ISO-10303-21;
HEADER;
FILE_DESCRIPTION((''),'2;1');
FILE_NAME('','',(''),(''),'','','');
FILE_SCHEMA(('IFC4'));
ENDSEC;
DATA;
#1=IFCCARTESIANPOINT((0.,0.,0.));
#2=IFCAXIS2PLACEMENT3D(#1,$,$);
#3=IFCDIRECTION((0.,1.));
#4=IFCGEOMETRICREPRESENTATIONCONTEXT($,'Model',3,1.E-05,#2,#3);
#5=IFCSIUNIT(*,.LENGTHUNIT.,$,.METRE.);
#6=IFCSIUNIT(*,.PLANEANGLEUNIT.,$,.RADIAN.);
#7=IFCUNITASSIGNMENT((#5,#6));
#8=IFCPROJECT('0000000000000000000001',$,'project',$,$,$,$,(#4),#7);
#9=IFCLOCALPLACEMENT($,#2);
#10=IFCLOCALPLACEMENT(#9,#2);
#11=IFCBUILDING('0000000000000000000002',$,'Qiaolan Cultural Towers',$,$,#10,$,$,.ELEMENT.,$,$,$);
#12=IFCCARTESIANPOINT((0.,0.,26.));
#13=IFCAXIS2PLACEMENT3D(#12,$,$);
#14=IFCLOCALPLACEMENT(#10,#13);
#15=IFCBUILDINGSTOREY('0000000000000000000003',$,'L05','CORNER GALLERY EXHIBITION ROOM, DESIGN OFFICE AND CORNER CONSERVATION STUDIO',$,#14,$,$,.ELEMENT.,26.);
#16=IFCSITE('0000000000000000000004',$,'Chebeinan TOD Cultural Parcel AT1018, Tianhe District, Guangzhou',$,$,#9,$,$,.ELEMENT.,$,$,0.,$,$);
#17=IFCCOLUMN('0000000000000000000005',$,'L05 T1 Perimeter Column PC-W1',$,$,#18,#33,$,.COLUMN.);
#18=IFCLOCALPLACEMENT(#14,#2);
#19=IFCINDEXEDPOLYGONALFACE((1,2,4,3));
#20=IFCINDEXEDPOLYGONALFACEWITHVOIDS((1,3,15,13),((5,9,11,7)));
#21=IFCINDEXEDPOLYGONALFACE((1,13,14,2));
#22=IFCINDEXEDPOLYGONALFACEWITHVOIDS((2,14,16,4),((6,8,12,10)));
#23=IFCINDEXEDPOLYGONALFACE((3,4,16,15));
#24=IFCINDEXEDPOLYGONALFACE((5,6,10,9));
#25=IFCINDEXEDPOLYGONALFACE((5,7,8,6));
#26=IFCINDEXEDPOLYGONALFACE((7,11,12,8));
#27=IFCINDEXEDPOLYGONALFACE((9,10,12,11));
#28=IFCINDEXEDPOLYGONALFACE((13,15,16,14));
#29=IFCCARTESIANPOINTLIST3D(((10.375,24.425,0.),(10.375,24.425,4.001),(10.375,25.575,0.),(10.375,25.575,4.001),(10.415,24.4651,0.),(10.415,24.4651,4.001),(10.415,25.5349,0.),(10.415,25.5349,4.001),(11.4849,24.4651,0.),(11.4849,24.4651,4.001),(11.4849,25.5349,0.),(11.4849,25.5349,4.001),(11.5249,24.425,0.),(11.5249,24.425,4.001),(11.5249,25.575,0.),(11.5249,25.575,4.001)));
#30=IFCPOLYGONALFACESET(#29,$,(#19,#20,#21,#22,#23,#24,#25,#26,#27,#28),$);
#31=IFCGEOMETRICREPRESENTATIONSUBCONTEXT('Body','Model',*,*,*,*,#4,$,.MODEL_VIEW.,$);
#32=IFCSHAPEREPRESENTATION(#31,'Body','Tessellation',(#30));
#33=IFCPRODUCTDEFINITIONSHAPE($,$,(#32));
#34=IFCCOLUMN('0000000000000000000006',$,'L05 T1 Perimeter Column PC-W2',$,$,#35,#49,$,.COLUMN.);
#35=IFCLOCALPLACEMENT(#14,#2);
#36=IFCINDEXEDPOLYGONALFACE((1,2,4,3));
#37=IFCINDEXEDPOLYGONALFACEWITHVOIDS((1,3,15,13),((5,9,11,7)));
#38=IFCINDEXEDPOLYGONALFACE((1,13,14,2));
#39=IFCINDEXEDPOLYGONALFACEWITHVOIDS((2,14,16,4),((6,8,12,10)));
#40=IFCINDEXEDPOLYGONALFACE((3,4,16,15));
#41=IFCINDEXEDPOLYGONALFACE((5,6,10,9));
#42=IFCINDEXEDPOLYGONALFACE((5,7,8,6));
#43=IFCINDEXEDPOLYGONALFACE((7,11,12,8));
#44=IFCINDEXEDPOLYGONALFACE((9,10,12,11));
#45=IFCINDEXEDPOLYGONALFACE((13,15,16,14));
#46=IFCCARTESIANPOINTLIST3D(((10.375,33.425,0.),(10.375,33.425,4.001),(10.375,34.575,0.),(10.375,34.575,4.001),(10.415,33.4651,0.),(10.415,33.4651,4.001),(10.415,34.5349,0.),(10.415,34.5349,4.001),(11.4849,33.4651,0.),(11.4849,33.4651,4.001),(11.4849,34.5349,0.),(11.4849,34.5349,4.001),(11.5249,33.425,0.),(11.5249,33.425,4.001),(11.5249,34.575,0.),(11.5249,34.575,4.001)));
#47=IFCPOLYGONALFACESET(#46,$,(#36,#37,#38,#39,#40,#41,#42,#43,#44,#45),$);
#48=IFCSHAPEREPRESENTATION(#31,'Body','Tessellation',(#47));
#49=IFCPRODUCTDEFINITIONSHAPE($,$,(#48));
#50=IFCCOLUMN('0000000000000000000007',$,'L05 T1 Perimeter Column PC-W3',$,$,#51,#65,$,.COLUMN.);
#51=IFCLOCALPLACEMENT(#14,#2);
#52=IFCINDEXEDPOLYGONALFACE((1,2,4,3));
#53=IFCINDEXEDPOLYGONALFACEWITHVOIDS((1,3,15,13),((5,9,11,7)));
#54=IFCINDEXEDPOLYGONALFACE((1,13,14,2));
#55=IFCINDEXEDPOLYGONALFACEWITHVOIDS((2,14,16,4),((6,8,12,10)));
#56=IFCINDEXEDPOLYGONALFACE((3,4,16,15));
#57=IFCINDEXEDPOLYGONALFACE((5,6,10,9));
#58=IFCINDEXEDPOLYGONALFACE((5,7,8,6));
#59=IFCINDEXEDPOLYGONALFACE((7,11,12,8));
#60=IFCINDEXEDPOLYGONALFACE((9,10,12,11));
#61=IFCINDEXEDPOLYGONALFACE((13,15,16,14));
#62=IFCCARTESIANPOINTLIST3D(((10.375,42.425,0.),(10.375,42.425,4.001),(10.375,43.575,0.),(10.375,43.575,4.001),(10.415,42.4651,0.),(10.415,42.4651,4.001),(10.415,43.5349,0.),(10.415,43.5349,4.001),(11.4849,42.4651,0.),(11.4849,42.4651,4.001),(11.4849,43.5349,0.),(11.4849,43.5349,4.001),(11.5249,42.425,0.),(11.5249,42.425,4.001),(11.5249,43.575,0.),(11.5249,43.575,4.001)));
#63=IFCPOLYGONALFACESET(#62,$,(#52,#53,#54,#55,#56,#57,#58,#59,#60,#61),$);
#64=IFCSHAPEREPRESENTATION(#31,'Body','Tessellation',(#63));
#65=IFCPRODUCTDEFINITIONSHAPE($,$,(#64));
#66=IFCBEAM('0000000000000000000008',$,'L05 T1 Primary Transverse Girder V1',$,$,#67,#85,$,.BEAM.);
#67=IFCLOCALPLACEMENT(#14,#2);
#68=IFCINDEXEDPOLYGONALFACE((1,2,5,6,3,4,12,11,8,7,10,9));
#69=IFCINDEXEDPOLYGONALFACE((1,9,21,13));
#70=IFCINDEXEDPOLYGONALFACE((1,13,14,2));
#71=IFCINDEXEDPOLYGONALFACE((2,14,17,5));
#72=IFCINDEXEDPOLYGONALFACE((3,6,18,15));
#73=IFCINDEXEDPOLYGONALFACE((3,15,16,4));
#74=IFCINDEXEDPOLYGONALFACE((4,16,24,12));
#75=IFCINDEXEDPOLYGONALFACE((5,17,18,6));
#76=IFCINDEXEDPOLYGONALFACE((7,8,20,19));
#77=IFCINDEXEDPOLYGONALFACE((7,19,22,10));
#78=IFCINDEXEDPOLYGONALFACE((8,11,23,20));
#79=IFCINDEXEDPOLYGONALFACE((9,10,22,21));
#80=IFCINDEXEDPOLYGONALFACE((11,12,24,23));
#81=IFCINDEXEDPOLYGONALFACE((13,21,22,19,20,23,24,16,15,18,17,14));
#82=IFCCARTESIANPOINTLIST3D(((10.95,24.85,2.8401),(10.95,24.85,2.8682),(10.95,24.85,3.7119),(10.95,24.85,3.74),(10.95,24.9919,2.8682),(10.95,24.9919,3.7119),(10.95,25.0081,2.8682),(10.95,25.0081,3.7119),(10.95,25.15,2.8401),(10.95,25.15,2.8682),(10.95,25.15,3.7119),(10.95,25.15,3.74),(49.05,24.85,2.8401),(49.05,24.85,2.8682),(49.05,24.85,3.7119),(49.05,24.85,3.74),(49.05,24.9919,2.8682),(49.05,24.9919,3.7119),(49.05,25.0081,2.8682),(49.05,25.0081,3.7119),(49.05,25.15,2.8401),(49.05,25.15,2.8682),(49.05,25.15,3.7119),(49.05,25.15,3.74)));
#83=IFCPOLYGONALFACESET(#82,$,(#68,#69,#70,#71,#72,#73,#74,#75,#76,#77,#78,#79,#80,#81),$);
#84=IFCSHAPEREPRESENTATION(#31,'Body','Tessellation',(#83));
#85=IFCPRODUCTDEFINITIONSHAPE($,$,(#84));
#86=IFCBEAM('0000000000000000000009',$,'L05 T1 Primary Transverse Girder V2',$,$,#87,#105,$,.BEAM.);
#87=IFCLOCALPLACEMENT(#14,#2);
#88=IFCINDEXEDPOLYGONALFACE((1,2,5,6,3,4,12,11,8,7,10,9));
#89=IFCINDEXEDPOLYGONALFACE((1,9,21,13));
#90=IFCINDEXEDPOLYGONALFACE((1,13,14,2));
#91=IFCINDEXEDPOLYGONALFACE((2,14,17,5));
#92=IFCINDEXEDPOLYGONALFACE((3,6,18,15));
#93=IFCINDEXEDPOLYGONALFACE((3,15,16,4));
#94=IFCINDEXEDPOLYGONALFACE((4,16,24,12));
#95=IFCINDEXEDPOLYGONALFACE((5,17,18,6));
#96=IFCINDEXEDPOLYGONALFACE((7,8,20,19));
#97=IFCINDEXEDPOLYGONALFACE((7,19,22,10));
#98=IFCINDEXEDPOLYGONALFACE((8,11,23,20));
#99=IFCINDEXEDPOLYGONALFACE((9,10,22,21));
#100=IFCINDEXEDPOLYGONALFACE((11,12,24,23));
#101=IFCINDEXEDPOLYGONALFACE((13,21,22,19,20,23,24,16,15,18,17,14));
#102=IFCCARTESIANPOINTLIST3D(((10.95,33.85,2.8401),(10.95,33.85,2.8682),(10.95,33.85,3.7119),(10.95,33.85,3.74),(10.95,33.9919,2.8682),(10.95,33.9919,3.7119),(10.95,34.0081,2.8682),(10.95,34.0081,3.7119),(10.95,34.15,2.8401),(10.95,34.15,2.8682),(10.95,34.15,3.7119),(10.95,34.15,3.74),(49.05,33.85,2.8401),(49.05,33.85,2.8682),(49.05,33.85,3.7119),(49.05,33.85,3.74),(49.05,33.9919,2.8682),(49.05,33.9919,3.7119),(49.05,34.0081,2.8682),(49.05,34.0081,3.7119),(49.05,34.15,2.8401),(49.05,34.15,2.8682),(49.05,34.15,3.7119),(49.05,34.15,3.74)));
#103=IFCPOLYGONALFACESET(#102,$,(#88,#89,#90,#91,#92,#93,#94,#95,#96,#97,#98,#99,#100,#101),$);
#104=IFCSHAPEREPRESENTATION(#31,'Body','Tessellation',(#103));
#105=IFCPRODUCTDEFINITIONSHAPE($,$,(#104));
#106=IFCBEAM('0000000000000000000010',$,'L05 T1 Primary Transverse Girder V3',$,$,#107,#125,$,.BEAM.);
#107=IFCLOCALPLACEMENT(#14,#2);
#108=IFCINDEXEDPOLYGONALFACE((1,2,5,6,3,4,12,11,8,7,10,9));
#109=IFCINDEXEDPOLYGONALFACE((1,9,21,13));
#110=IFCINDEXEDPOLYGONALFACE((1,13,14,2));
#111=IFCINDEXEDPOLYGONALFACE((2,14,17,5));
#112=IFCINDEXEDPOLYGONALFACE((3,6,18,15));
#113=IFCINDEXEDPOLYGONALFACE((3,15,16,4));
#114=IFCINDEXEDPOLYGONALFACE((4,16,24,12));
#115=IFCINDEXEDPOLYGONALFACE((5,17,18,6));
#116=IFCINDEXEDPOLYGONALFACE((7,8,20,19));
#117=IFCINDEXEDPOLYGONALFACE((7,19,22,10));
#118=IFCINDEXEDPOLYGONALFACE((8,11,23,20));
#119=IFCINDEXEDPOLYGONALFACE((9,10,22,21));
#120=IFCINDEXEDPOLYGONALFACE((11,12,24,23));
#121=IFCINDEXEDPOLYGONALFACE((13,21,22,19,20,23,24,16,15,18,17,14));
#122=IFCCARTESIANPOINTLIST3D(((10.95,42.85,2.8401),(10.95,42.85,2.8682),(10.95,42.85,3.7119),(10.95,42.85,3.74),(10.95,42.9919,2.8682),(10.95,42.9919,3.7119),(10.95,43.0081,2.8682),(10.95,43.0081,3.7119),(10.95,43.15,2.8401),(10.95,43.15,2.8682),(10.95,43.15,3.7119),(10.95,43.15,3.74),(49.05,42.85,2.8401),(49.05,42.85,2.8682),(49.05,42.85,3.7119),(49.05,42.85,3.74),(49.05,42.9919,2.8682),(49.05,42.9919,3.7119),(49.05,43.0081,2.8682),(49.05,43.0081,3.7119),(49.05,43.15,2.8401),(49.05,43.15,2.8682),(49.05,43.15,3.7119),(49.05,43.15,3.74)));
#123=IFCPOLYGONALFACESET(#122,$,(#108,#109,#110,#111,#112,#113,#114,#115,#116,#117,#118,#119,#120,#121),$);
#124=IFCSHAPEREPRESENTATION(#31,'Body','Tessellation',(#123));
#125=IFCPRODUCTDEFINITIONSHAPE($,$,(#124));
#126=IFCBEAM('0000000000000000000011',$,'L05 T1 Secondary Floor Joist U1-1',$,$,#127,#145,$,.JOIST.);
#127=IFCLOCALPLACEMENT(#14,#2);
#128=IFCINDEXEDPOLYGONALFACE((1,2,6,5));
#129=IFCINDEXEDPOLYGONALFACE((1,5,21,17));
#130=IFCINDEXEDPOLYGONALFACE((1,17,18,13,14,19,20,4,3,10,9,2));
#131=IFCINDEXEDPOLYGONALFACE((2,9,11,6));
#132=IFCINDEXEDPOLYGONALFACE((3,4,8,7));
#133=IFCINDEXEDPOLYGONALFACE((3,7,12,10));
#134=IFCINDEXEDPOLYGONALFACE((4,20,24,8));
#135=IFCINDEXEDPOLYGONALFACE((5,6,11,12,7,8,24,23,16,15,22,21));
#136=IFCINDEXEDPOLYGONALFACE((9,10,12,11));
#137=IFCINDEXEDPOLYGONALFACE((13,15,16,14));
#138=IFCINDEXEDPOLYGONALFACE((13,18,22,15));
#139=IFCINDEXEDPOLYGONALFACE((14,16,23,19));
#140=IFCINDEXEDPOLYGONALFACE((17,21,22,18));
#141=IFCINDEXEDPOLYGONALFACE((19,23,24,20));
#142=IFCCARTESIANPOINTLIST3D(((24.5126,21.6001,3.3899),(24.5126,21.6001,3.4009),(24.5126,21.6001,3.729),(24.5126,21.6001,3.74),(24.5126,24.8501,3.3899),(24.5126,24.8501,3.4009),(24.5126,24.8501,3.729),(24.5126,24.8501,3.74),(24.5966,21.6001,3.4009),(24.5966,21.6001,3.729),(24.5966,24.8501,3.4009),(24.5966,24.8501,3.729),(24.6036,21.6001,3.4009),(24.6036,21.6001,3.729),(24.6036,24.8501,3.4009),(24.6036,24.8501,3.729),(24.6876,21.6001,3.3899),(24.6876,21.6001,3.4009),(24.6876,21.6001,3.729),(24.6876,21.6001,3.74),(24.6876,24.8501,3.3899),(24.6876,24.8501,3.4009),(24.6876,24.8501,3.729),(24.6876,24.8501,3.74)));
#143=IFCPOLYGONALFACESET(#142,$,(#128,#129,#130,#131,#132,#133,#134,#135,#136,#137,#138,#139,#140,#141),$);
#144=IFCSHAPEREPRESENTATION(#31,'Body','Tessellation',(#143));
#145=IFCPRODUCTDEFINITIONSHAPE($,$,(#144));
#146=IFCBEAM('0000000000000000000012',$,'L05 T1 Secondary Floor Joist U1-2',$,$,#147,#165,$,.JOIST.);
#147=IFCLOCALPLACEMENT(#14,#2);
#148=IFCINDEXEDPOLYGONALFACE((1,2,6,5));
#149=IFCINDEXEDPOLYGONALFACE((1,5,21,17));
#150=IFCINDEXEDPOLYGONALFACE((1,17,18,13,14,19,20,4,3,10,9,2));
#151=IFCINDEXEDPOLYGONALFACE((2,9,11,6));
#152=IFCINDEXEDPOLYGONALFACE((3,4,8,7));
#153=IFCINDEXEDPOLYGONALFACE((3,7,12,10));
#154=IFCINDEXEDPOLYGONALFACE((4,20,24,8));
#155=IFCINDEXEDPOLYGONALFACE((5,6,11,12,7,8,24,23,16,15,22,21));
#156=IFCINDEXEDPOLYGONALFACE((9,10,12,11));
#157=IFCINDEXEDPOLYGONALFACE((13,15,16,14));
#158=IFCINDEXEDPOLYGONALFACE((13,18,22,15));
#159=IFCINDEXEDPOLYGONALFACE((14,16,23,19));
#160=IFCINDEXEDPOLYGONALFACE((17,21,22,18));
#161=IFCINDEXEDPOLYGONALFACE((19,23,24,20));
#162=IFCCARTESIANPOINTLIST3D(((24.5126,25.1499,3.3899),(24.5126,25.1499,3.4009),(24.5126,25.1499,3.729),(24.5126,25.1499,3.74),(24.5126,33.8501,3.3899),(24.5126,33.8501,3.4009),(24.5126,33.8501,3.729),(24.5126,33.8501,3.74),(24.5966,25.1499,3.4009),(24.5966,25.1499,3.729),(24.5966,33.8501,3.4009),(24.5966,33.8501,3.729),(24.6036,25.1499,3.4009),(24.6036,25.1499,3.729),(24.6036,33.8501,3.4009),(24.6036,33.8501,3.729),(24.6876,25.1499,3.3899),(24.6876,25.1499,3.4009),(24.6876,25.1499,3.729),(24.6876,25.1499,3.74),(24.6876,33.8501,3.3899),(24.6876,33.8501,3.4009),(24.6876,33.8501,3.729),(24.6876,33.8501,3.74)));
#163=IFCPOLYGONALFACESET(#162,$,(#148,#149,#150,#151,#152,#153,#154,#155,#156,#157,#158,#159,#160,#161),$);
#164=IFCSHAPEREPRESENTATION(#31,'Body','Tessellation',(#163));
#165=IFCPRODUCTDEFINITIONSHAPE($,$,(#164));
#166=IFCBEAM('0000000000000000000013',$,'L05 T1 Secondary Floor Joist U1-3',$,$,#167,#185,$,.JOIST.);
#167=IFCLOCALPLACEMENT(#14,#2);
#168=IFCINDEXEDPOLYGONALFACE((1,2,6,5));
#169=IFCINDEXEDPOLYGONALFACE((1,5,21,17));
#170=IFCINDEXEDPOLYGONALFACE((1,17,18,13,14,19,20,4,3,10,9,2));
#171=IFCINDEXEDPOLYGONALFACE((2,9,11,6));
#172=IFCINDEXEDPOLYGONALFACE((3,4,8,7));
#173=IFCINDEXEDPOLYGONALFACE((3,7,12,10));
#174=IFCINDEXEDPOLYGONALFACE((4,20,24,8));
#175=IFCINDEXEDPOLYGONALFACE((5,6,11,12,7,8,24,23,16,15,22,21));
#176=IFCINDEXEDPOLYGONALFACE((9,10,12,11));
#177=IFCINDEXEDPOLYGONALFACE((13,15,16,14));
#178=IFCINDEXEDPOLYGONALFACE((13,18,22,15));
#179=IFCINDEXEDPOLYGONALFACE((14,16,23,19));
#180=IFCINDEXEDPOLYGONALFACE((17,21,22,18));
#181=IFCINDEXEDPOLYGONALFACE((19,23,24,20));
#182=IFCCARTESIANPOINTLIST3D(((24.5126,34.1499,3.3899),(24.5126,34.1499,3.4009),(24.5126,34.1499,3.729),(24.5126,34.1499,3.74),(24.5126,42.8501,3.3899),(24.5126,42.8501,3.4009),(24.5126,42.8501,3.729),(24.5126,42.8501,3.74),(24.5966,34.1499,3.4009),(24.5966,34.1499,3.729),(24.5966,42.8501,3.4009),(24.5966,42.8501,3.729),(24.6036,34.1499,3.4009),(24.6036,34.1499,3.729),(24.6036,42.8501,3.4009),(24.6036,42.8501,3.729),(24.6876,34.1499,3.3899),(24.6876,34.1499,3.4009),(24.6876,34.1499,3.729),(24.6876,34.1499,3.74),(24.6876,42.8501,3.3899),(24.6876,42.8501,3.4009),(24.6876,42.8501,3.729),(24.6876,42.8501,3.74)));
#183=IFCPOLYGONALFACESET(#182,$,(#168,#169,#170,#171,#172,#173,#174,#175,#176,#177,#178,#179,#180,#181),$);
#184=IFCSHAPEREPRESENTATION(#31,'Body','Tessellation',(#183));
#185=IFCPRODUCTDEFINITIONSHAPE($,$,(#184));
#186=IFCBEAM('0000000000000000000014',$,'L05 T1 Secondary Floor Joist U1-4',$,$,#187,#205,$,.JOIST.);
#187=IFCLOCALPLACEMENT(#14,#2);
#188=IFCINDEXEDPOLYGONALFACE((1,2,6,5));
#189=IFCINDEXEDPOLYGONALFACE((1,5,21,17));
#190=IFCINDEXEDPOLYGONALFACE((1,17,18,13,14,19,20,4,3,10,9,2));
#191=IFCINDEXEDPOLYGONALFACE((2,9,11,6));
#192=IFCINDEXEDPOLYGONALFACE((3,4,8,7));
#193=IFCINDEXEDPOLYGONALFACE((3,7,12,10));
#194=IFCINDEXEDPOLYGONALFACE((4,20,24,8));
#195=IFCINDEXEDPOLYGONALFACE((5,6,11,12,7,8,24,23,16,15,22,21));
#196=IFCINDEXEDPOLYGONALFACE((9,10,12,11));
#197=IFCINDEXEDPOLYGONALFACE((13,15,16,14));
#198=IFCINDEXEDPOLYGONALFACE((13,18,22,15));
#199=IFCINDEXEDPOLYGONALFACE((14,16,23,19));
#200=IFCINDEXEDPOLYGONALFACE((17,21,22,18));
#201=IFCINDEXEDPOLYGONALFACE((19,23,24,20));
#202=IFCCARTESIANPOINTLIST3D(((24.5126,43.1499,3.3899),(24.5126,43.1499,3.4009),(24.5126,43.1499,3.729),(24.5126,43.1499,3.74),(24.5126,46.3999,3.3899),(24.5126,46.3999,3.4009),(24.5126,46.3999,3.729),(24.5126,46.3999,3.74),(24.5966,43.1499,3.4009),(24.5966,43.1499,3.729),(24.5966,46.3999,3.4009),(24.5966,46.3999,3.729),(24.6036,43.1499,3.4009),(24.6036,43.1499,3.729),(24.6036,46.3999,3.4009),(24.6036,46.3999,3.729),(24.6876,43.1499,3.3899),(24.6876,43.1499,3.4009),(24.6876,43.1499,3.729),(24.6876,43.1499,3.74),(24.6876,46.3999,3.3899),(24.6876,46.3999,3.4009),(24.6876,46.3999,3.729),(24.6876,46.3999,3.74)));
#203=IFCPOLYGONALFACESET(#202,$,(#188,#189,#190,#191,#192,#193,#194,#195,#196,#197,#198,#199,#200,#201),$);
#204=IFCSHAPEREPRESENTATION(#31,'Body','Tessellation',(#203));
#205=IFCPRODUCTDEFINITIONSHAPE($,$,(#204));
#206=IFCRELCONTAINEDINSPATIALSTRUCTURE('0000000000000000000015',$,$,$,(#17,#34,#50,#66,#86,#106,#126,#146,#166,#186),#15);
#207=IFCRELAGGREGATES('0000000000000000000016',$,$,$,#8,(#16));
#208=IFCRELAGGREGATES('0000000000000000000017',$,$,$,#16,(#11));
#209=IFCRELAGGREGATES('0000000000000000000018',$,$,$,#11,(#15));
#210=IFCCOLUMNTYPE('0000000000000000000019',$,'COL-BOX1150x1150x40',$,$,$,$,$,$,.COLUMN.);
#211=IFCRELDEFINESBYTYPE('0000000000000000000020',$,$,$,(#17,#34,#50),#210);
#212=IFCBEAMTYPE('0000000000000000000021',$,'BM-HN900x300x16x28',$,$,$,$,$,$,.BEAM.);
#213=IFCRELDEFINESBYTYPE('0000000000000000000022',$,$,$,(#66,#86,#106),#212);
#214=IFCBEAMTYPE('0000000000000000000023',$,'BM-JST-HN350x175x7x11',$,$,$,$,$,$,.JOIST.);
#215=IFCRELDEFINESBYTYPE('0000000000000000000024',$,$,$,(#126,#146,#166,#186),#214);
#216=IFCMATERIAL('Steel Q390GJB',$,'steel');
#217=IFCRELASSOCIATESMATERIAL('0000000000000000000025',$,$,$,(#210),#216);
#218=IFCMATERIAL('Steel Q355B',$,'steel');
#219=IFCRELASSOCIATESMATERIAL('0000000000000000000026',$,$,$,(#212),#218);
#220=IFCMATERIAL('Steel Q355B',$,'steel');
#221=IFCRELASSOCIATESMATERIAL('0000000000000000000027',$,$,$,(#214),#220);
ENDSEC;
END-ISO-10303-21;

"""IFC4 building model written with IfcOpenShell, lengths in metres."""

from ifc_helpers import new_model, si_unit, direction, frame, origin, origin_2d, place, context, subcontext, project, spatial, hollow_rectangle, i_section, extrude, material, material_profile, profile_set, type_object, element, save


model = new_model("IFC4")

# Units and contexts
model_context = context("Model", 3, precision=1e-05, world=origin(), true_north=direction((0.0, 1.0)))
body_context = subcontext(model_context, "Body", "Model", "MODEL_VIEW")
ifc_project = project(units=[si_unit("LENGTHUNIT", "METRE"), si_unit("PLANEANGLEUNIT", "RADIAN")], contexts=[model_context])

# Site, building, storey
site_placement = place(None, origin())
site = spatial("IfcSite", under=ifc_project, at=site_placement, Name="Chebeinan TOD Cultural Parcel AT1018, Tianhe District, Guangzhou", CompositionType="ELEMENT", RefElevation=0.0)
building_placement = place(site_placement, origin())
building = spatial("IfcBuilding", under=site, at=building_placement, Name="Qiaolan Cultural Towers", CompositionType="ELEMENT")
storey_placement = place(building_placement, frame((0.0, 0.0, 26.0)))
storey = spatial("IfcBuildingStorey", under=building, at=storey_placement, Name="L05", Description="CORNER GALLERY EXHIBITION ROOM, DESIGN OFFICE AND CORNER CONSERVATION STUDIO", CompositionType="ELEMENT", Elevation=26.0)

# Columns
ifc_material_1 = material(Name="Steel Q390GJB", Category="steel")
ifc_material_profile_1 = material_profile(ifc_material_1, hollow_rectangle(XDim=1.1499, YDim=1.1499, WallThickness=0.04, at=origin_2d()), Name="BOX1150x1150x40")
ifc_profile_set_1 = profile_set([ifc_material_profile_1], Name="Steel Q390GJB")
column_type = type_object("IfcColumnType", Name="COL-BOX1150x1150x40", PredefinedType="COLUMN", material=ifc_profile_set_1)
for number, where, z_axis, x_axis, name in (
    (1, (10.95, 25.0, 0.0), (0.0, 0.0, 1.0), (1.0, 0.0, 0.0), "L05 T1 Perimeter Column PC-W1"),
    (2, (10.95, 34.0, 0.0), (0.0, 0.0, 1.0), (1.0, 0.0, 0.0), "L05 T1 Perimeter Column PC-W2"),
    (3, (10.95, 43.0, 0.0), (0.0, 0.0, 1.0), (1.0, 0.0, 0.0), "L05 T1 Perimeter Column PC-W3"),
):
    element("IfcColumn", number, at=place(storey_placement, frame(where, z_axis=z_axis, x_axis=x_axis)), inside=storey, type_object=column_type, Name=name, PredefinedType="COLUMN", context=body_context, shape_type="SweptSolid", body=[
        extrude(hollow_rectangle(XDim=1.1499, YDim=1.1499, WallThickness=0.04, at=origin_2d()), origin(), (0.0, 0.0, 1.0), 4.001),
    ])

# Beams
ifc_material_2 = material(Name="Steel Q355B", Category="steel")
ifc_material_profile_2 = material_profile(ifc_material_2, i_section(OverallWidth=0.3, OverallDepth=0.8999, WebThickness=0.0161, FlangeThickness=0.0281, at=origin_2d()), Name="HN900x300x16x28")
ifc_profile_set_2 = profile_set([ifc_material_profile_2], Name="Steel Q355B")
beam_type_1 = type_object("IfcBeamType", Name="BM-HN900x300x16x28", PredefinedType="BEAM", material=ifc_profile_set_2)
for number, where, z_axis, x_axis, name in (
    (4, (10.95, 25.0, 3.29), (1.0, 0.0, 0.0), (0.0, 1.0, 0.0), "L05 T1 Primary Transverse Girder V1"),
    (5, (10.95, 34.0, 3.29), (1.0, 0.0, 0.0), (0.0, 1.0, 0.0), "L05 T1 Primary Transverse Girder V2"),
    (6, (10.95, 43.0, 3.29), (1.0, 0.0, 0.0), (0.0, 1.0, 0.0), "L05 T1 Primary Transverse Girder V3"),
):
    element("IfcBeam", number, at=place(storey_placement, frame(where, z_axis=z_axis, x_axis=x_axis)), inside=storey, type_object=beam_type_1, Name=name, PredefinedType="BEAM", context=body_context, shape_type="SweptSolid", body=[
        extrude(i_section(OverallWidth=0.3, OverallDepth=0.8999, WebThickness=0.0161, FlangeThickness=0.0281, at=origin_2d()), origin(), (0.0, 0.0, 1.0), 38.1001),
    ])
ifc_material_3 = material(Name="Steel Q355B", Category="steel")
ifc_material_profile_3 = material_profile(ifc_material_3, i_section(OverallWidth=0.175, OverallDepth=0.3501, WebThickness=0.0071, FlangeThickness=0.011, at=origin_2d()), Name="HN350x175x7x11")
ifc_profile_set_3 = profile_set([ifc_material_profile_3], Name="Steel Q355B")
beam_type_2 = type_object("IfcBeamType", Name="BM-JST-HN350x175x7x11", PredefinedType="JOIST", material=ifc_profile_set_3)
beam_1_placement = place(storey_placement, frame((24.6001, 21.6001, 3.5649), z_axis=(0.0, 1.0, 0.0), x_axis=(-1.0, 0.0, 0.0)))
element("IfcBeam", 7, at=beam_1_placement, inside=storey, type_object=beam_type_2, Name="L05 T1 Secondary Floor Joist U1-1", PredefinedType="JOIST", context=body_context, shape_type="SweptSolid", body=[
    extrude(i_section(OverallWidth=0.175, OverallDepth=0.3501, WebThickness=0.0071, FlangeThickness=0.011, at=origin_2d()), origin(), (0.0, 0.0, 1.0), 3.25),
])
for number, where, z_axis, x_axis, name in (
    (8, (24.6001, 25.1499, 3.5649), (0.0, 1.0, 0.0), (-1.0, 0.0, 0.0), "L05 T1 Secondary Floor Joist U1-2"),
    (9, (24.6001, 34.1499, 3.5649), (0.0, 1.0, 0.0), (-1.0, 0.0, 0.0), "L05 T1 Secondary Floor Joist U1-3"),
):
    element("IfcBeam", number, at=place(storey_placement, frame(where, z_axis=z_axis, x_axis=x_axis)), inside=storey, type_object=beam_type_2, Name=name, PredefinedType="JOIST", context=body_context, shape_type="SweptSolid", body=[
        extrude(i_section(OverallWidth=0.175, OverallDepth=0.3501, WebThickness=0.0071, FlangeThickness=0.011, at=origin_2d()), origin(), (0.0, 0.0, 1.0), 8.7002),
    ])
beam_2_placement = place(storey_placement, frame((24.6001, 43.1499, 3.5649), z_axis=(0.0, 1.0, 0.0), x_axis=(-1.0, 0.0, 0.0)))
element("IfcBeam", 10, at=beam_2_placement, inside=storey, type_object=beam_type_2, Name="L05 T1 Secondary Floor Joist U1-4", PredefinedType="JOIST", context=body_context, shape_type="SweptSolid", body=[
    extrude(i_section(OverallWidth=0.175, OverallDepth=0.3501, WebThickness=0.0071, FlangeThickness=0.011, at=origin_2d()), origin(), (0.0, 0.0, 1.0), 3.25),
])

save(model, "model.ifc")
